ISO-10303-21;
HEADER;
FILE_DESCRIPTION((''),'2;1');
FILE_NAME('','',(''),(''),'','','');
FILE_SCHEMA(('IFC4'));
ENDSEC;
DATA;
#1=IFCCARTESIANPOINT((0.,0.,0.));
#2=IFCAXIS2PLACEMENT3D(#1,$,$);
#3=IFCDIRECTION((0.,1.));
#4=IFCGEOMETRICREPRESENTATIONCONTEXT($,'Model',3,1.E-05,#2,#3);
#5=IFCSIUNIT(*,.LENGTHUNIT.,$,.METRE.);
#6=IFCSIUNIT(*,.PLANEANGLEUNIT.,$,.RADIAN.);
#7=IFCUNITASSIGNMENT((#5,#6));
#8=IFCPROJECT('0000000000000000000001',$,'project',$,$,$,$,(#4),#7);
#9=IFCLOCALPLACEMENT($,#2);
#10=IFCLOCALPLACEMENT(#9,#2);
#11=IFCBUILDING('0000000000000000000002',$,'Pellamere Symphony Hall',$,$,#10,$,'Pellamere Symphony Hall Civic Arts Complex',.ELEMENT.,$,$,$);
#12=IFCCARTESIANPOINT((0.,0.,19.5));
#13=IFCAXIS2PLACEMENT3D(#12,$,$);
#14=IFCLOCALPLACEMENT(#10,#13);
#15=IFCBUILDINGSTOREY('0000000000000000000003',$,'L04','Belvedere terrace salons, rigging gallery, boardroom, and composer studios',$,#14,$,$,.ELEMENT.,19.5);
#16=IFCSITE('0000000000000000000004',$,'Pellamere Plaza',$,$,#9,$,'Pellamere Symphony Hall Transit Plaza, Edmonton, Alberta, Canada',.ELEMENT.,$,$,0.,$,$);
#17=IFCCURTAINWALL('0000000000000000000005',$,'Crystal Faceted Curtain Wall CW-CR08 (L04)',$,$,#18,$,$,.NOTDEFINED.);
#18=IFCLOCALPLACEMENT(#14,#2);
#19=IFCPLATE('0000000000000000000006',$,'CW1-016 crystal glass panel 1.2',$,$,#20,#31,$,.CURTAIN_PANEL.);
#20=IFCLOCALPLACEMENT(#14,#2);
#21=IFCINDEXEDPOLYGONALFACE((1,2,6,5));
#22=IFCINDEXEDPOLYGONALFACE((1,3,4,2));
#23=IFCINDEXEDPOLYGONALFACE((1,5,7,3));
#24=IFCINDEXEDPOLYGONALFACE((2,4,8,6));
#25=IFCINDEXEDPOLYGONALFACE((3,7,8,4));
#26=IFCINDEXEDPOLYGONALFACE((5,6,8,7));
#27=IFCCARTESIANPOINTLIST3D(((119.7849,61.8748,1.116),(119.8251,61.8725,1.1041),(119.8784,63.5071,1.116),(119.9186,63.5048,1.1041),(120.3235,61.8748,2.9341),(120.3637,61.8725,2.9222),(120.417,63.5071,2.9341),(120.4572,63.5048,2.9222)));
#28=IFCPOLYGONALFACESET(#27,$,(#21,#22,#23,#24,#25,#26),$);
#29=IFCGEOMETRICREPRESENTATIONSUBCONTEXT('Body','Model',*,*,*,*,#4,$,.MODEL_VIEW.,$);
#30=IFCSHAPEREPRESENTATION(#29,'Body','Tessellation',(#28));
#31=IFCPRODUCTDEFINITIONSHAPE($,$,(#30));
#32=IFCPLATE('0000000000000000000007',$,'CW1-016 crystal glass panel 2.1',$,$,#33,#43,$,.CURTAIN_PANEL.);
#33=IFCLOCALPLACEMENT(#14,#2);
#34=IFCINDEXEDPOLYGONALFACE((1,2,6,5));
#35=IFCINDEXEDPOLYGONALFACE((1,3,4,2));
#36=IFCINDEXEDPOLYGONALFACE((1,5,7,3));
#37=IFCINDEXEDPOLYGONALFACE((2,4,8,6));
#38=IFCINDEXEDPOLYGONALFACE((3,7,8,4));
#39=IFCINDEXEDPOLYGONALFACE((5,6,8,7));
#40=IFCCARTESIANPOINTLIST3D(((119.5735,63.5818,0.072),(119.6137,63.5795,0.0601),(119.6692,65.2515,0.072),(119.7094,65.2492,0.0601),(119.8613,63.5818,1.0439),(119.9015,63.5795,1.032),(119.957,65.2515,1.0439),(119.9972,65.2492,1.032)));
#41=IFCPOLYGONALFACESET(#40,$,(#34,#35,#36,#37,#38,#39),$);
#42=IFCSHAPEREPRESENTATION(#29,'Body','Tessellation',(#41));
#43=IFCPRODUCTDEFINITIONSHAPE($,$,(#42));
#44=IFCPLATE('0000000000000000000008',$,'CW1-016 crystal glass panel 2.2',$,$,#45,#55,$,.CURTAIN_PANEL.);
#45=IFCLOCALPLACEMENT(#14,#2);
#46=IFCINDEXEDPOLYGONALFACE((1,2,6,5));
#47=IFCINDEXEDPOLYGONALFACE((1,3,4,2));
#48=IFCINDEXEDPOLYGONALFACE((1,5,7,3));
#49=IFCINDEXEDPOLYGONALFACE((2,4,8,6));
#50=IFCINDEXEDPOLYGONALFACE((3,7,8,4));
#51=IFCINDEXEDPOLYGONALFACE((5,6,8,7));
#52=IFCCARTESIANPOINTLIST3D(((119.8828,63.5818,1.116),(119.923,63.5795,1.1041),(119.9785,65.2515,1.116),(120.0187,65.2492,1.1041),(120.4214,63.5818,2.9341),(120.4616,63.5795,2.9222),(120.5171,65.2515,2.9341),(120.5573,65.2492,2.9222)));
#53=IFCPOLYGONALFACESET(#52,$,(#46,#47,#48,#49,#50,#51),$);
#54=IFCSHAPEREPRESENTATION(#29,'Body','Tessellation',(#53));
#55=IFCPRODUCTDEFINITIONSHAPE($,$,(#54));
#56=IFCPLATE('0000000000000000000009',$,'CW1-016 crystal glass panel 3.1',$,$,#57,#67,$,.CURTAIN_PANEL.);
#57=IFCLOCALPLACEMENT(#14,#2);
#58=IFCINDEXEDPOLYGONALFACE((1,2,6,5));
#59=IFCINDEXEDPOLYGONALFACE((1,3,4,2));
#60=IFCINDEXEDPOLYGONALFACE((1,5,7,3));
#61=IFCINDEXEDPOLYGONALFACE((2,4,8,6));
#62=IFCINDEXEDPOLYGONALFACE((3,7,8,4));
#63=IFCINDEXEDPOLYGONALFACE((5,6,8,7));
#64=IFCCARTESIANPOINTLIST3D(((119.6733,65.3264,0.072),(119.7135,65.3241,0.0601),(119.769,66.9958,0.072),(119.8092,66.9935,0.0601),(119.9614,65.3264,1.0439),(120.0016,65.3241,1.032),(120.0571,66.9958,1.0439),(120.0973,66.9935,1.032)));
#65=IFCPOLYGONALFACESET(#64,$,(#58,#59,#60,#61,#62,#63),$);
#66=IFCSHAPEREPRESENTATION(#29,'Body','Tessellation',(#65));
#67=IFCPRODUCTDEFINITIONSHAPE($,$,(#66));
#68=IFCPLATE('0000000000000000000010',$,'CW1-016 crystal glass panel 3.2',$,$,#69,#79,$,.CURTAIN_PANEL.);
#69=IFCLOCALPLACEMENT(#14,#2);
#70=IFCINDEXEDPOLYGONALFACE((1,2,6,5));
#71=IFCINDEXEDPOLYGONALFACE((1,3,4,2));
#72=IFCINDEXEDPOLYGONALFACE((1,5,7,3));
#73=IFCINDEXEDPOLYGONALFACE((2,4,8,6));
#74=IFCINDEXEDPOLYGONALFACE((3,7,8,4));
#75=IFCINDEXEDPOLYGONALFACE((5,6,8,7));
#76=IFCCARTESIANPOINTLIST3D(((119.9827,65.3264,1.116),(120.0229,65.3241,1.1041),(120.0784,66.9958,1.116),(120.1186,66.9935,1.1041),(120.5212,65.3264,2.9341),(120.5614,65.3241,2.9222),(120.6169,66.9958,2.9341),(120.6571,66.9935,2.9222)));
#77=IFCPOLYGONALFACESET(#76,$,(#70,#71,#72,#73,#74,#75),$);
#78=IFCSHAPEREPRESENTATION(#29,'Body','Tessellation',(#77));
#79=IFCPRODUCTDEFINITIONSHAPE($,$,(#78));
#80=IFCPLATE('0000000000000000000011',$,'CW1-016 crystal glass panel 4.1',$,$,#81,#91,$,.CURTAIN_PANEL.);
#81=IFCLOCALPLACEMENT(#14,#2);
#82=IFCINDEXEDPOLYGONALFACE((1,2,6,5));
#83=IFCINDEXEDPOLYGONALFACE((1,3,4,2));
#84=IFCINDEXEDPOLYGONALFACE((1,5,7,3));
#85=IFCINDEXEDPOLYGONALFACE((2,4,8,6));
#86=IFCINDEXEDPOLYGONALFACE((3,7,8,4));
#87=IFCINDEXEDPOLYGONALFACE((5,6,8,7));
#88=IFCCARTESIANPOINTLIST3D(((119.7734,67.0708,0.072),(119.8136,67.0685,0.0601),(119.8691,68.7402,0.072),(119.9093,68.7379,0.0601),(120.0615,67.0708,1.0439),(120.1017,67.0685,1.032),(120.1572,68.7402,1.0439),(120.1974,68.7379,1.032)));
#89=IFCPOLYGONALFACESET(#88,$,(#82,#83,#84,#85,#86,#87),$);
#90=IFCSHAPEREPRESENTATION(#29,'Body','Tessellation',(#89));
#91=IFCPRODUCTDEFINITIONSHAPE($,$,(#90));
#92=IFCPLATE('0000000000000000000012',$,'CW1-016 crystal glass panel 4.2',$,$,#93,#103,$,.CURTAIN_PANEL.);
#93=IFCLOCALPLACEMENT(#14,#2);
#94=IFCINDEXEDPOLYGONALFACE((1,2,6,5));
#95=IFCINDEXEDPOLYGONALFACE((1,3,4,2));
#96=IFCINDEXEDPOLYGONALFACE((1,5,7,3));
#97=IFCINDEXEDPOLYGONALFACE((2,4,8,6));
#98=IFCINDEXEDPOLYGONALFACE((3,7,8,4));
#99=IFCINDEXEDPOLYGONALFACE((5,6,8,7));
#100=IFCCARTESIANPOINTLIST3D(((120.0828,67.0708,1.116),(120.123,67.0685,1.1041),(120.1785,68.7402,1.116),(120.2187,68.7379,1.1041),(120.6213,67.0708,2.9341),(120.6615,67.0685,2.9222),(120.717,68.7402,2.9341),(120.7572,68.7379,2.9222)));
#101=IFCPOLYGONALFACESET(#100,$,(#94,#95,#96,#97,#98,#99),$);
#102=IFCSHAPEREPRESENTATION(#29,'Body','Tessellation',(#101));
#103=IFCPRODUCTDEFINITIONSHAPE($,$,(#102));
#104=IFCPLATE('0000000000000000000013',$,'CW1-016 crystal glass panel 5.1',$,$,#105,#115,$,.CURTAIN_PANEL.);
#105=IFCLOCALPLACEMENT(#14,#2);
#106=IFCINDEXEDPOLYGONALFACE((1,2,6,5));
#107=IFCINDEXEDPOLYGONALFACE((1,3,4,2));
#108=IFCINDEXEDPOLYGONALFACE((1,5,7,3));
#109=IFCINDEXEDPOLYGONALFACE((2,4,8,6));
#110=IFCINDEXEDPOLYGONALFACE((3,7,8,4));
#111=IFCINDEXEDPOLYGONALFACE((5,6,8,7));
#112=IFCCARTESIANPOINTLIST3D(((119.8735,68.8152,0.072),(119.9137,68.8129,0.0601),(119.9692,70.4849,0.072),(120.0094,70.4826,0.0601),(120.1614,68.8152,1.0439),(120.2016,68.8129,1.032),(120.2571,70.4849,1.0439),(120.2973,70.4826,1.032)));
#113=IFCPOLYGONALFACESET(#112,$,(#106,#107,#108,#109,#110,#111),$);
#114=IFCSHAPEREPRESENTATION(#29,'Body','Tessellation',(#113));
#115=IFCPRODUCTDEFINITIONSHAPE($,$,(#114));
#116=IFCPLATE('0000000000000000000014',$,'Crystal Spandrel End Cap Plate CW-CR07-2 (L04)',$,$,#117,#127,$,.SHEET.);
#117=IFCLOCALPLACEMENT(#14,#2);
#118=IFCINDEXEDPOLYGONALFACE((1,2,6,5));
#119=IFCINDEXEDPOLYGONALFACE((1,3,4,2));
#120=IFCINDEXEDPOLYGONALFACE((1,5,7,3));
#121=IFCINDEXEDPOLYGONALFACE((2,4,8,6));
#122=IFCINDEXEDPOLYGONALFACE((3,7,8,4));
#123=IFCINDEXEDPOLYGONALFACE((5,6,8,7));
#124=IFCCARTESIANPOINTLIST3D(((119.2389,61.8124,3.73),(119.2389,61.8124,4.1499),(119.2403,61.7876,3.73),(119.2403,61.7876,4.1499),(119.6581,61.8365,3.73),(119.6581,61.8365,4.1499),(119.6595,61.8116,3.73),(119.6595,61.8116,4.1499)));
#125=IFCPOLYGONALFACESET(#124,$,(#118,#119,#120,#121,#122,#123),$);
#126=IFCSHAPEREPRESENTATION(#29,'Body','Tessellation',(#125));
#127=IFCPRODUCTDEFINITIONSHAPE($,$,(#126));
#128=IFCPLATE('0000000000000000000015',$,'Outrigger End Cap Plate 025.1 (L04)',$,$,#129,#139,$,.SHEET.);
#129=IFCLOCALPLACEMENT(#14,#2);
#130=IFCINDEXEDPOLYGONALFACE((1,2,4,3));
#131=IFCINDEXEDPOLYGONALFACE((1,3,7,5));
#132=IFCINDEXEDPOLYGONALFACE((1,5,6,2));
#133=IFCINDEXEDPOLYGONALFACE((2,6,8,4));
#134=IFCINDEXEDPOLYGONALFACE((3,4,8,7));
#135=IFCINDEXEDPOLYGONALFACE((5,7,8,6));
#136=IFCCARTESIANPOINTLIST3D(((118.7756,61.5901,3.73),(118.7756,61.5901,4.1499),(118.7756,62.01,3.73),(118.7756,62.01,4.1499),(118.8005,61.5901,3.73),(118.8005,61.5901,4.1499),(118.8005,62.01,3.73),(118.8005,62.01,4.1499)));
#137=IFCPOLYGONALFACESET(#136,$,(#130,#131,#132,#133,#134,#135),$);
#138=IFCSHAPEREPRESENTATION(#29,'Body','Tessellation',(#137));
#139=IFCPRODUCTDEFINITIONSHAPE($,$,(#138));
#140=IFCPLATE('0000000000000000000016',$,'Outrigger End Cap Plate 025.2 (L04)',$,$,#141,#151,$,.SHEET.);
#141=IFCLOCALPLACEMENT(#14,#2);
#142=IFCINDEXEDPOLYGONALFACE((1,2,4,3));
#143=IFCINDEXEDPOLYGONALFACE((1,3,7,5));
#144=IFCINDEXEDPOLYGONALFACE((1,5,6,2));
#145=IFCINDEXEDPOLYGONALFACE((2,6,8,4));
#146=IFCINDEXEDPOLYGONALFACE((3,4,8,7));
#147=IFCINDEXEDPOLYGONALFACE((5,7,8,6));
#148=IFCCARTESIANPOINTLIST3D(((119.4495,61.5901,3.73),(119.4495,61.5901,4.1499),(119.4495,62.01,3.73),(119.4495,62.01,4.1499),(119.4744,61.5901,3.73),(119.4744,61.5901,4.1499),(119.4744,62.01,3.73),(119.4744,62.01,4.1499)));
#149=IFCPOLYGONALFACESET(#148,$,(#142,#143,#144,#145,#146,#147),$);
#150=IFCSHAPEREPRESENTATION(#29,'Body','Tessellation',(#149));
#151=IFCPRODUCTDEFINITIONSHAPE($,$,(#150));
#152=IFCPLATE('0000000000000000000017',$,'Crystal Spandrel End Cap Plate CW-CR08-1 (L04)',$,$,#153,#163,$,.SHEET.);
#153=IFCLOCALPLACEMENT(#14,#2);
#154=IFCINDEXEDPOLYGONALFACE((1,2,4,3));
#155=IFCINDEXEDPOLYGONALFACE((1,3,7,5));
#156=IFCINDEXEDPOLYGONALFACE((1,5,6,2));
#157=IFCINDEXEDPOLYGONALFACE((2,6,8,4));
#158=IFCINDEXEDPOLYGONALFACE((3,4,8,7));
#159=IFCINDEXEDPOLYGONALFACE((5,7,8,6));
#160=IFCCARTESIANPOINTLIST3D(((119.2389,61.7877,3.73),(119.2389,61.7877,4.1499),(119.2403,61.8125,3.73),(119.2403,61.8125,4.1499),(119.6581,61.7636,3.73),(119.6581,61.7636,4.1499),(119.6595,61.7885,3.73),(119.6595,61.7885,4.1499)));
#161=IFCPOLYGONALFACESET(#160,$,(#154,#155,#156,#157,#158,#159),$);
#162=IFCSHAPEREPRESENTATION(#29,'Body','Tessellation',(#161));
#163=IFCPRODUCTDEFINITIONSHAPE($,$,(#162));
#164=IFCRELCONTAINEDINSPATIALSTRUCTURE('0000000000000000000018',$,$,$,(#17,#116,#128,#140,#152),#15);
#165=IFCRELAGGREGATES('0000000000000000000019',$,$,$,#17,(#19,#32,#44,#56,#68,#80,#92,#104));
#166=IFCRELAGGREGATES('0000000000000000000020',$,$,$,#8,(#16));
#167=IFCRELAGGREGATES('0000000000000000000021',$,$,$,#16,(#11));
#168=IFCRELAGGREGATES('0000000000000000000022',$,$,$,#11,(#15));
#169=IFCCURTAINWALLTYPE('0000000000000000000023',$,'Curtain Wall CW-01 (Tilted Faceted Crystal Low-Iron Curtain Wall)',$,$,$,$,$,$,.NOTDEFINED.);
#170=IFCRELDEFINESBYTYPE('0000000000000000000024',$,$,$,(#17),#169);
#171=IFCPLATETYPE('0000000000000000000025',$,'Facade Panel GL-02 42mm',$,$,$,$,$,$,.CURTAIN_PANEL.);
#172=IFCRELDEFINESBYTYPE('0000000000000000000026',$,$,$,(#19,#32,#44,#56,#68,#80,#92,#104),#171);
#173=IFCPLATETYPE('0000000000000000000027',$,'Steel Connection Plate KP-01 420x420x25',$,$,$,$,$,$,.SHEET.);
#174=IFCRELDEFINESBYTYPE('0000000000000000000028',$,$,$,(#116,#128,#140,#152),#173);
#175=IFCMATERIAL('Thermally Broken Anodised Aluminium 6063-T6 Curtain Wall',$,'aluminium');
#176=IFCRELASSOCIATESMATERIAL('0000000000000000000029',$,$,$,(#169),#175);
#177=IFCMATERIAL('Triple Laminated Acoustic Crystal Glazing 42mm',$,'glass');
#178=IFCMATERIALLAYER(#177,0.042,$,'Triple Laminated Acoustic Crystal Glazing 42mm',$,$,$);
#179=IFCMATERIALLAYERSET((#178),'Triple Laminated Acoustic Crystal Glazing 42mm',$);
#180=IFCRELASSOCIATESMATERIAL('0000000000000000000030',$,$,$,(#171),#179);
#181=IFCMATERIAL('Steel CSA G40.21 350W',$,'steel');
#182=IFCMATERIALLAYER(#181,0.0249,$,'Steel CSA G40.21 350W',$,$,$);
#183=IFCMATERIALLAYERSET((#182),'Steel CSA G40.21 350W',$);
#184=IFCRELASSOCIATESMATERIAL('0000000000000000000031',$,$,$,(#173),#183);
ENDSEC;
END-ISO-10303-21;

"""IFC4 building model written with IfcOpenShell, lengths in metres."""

from ifc_helpers import new_model, si_unit, direction, frame, origin, origin_2d, place, context, subcontext, project, spatial, polyline, rectangle, outline, extrude, material, layer, layer_set, type_object, element, aggregate, save


model = new_model("IFC4")

# Units and contexts
model_context = context("Model", 3, precision=1e-05, world=origin(), true_north=direction((0.0, 1.0)))
body_context = subcontext(model_context, "Body", "Model", "MODEL_VIEW")
ifc_project = project(units=[si_unit("LENGTHUNIT", "METRE"), si_unit("PLANEANGLEUNIT", "RADIAN")], contexts=[model_context])

# Site, building, storey
site_placement = place(None, origin())
site = spatial("IfcSite", under=ifc_project, at=site_placement, Name="Pellamere Plaza", LongName="Pellamere Symphony Hall Transit Plaza, Edmonton, Alberta, Canada", CompositionType="ELEMENT", RefElevation=0.0)
building_placement = place(site_placement, origin())
building = spatial("IfcBuilding", under=site, at=building_placement, Name="Pellamere Symphony Hall", LongName="Pellamere Symphony Hall Civic Arts Complex", CompositionType="ELEMENT")
storey_placement = place(building_placement, frame((0.0, 0.0, 19.5)))
storey = spatial("IfcBuildingStorey", under=building, at=storey_placement, Name="L04", Description="Belvedere terrace salons, rigging gallery, boardroom, and composer studios", CompositionType="ELEMENT", Elevation=19.5)

# Curtain wall
ifc_material_1 = material(Name="Thermally Broken Anodised Aluminium 6063-T6 Curtain Wall", Category="aluminium")
curtain_wall_type = type_object("IfcCurtainWallType", Name="Curtain Wall CW-01 (Tilted Faceted Crystal Low-Iron Curtain Wall)", PredefinedType="NOTDEFINED", material=ifc_material_1)
curtain_wall_1_placement = place(storey_placement, origin())
curtain_wall_1 = element("IfcCurtainWall", 1, at=curtain_wall_1_placement, inside=storey, type_object=curtain_wall_type, Name="Crystal Faceted Curtain Wall CW-CR08 (L04)", PredefinedType="NOTDEFINED")

# Shared definitions
ifc_material_2 = material(Name="Steel CSA G40.21 350W", Category="steel")

# Plates
ifc_material_3 = material(Name="Triple Laminated Acoustic Crystal Glazing 42mm", Category="glass")
ifc_layer_1 = layer(ifc_material_3, 0.042, Name="Triple Laminated Acoustic Crystal Glazing 42mm")
ifc_layer_set_1 = layer_set([ifc_layer_1], Name="Triple Laminated Acoustic Crystal Glazing 42mm")
plate_type_1 = type_object("IfcPlateType", Name="Facade Panel GL-02 42mm", PredefinedType="CURTAIN_PANEL", material=ifc_layer_set_1)
plate_1_placement = place(storey_placement, frame((119.7849, 61.8748, 1.116), z_axis=(-0.957373, 0.054842, 0.2836), x_axis=(0.05719, 0.998363, 0.0)))
plate_1 = element("IfcPlate", 2, at=plate_1_placement, type_object=plate_type_1, Name="CW1-016 crystal glass panel 1.2", PredefinedType="CURTAIN_PANEL", context=body_context, shape_type="SweptSolid", body=[
    extrude(outline(polyline([(0.0, 0.0), (1.635, 0.0), (1.6658, -1.896), (0.0308, -1.896), (0.0, 0.0)])), origin(), (0.0, 0.0, -1.0), 0.042),
])
plate_2_placement = place(storey_placement, frame((119.5735, 63.5818, 0.072), z_axis=(-0.95739, 0.054876, 0.283537), x_axis=(0.057224, 0.998361, 0.0)))
plate_2 = element("IfcPlate", 3, at=plate_2_placement, type_object=plate_type_1, Name="CW1-016 crystal glass panel 2.1", PredefinedType="CURTAIN_PANEL", context=body_context, shape_type="SweptSolid", body=[
    extrude(outline(polyline([(0.0, 0.0), (1.6724, 0.0), (1.6889, -1.0135), (0.0165, -1.0135), (0.0, 0.0)])), origin(), (0.0, 0.0, -1.0), 0.042),
])
plate_3_placement = place(storey_placement, frame((119.8828, 63.5818, 1.116), z_axis=(-0.957372, 0.054875, 0.283599), x_axis=(0.057224, 0.998361, 0.0)))
plate_3 = element("IfcPlate", 4, at=plate_3_placement, type_object=plate_type_1, Name="CW1-016 crystal glass panel 2.2", PredefinedType="CURTAIN_PANEL", context=body_context, shape_type="SweptSolid", body=[
    extrude(outline(polyline([(0.0, 0.0), (1.6724, 0.0), (1.7032, -1.896), (0.0308, -1.896), (0.0, 0.0)])), origin(), (0.0, 0.0, -1.0), 0.042),
])
plate_4_placement = place(storey_placement, frame((119.6733, 65.3264, 0.072), z_axis=(-0.957324, 0.05488, 0.283758), x_axis=(0.057233, 0.998361, 0.0)))
plate_4 = element("IfcPlate", 5, at=plate_4_placement, type_object=plate_type_1, Name="CW1-016 crystal glass panel 3.1", PredefinedType="CURTAIN_PANEL", context=body_context, shape_type="SweptSolid", body=[
    extrude(outline(polyline([(0.0, 0.0), (1.6722, 0.0), (1.6887, -1.0136), (0.0165, -1.0136), (0.0, 0.0)])), origin(), (0.0, 0.0, -1.0), 0.042),
])
plate_5_placement = place(storey_placement, frame((119.9827, 65.3264, 1.116), z_axis=(-0.957371, 0.054883, 0.283599), x_axis=(0.057233, 0.998361, 0.0)))
plate_5 = element("IfcPlate", 6, at=plate_5_placement, type_object=plate_type_1, Name="CW1-016 crystal glass panel 3.2", PredefinedType="CURTAIN_PANEL", context=body_context, shape_type="SweptSolid", body=[
    extrude(outline(polyline([(0.0, 0.0), (1.6722, 0.0), (1.703, -1.896), (0.0308, -1.896), (0.0, 0.0)])), origin(), (0.0, 0.0, -1.0), 0.042),
])
plate_6_placement = place(storey_placement, frame((119.7734, 67.0708, 0.072), z_axis=(-0.957324, 0.05488, 0.283758), x_axis=(0.057233, 0.998361, 0.0)))
plate_6 = element("IfcPlate", 7, at=plate_6_placement, type_object=plate_type_1, Name="CW1-016 crystal glass panel 4.1", PredefinedType="CURTAIN_PANEL", context=body_context, shape_type="SweptSolid", body=[
    extrude(outline(polyline([(0.0, 0.0), (1.6722, 0.0), (1.6887, -1.0136), (0.0165, -1.0136), (0.0, 0.0)])), origin(), (0.0, 0.0, -1.0), 0.042),
])
plate_7_placement = place(storey_placement, frame((120.0828, 67.0708, 1.116), z_axis=(-0.957371, 0.054883, 0.283599), x_axis=(0.057233, 0.998361, 0.0)))
plate_7 = element("IfcPlate", 8, at=plate_7_placement, type_object=plate_type_1, Name="CW1-016 crystal glass panel 4.2", PredefinedType="CURTAIN_PANEL", context=body_context, shape_type="SweptSolid", body=[
    extrude(outline(polyline([(0.0, 0.0), (1.6722, 0.0), (1.703, -1.896), (0.0308, -1.896), (0.0, 0.0)])), origin(), (0.0, 0.0, -1.0), 0.042),
])
plate_8_placement = place(storey_placement, frame((119.8735, 68.8152, 0.072), z_axis=(-0.95739, 0.054876, 0.283537), x_axis=(0.057224, 0.998361, 0.0)))
plate_8 = element("IfcPlate", 9, at=plate_8_placement, type_object=plate_type_1, Name="CW1-016 crystal glass panel 5.1", PredefinedType="CURTAIN_PANEL", context=body_context, shape_type="SweptSolid", body=[
    extrude(outline(polyline([(0.0, 0.0), (1.6724, 0.0), (1.6889, -1.0135), (0.0165, -1.0135), (0.0, 0.0)])), origin(), (0.0, 0.0, -1.0), 0.042),
])
aggregate(curtain_wall_1, [plate_1, plate_2, plate_3, plate_4, plate_5, plate_6, plate_7, plate_8])

# Plates
ifc_layer_2 = layer(ifc_material_2, 0.0249, Name="Steel CSA G40.21 350W")
ifc_layer_set_2 = layer_set([ifc_layer_2], Name="Steel CSA G40.21 350W")
plate_type_2 = type_object("IfcPlateType", Name="Steel Connection Plate KP-01 420x420x25", PredefinedType="SHEET", material=ifc_layer_set_2)
for number, where, z_axis, x_axis, name in (
    (10, (119.4492, 61.812, 3.73), (0.0, 0.0, 1.0), (-0.057216, 0.998362, 0.0), "Crystal Spandrel End Cap Plate CW-CR07-2 (L04)"),
    (11, (118.7881, 61.8, 3.73), (0.0, 0.0, 1.0), (1.0, 0.0, 0.0), "Outrigger End Cap Plate 025.1 (L04)"),
    (12, (119.4619, 61.8, 3.73), (0.0, 0.0, 1.0), (1.0, 0.0, 0.0), "Outrigger End Cap Plate 025.2 (L04)"),
    (13, (119.4492, 61.7881, 3.73), (0.0, 0.0, 1.0), (0.057216, 0.998362, 0.0), "Crystal Spandrel End Cap Plate CW-CR08-1 (L04)"),
):
    element("IfcPlate", number, at=place(storey_placement, frame(where, z_axis=z_axis, x_axis=x_axis)), inside=storey, type_object=plate_type_2, Name=name, PredefinedType="SHEET", context=body_context, shape_type="SweptSolid", body=[
        extrude(rectangle(XDim=0.0249, YDim=0.4199, at=origin_2d()), origin(), (0.0, 0.0, 1.0), 0.4199),
    ])

save(model, "model.ifc")
